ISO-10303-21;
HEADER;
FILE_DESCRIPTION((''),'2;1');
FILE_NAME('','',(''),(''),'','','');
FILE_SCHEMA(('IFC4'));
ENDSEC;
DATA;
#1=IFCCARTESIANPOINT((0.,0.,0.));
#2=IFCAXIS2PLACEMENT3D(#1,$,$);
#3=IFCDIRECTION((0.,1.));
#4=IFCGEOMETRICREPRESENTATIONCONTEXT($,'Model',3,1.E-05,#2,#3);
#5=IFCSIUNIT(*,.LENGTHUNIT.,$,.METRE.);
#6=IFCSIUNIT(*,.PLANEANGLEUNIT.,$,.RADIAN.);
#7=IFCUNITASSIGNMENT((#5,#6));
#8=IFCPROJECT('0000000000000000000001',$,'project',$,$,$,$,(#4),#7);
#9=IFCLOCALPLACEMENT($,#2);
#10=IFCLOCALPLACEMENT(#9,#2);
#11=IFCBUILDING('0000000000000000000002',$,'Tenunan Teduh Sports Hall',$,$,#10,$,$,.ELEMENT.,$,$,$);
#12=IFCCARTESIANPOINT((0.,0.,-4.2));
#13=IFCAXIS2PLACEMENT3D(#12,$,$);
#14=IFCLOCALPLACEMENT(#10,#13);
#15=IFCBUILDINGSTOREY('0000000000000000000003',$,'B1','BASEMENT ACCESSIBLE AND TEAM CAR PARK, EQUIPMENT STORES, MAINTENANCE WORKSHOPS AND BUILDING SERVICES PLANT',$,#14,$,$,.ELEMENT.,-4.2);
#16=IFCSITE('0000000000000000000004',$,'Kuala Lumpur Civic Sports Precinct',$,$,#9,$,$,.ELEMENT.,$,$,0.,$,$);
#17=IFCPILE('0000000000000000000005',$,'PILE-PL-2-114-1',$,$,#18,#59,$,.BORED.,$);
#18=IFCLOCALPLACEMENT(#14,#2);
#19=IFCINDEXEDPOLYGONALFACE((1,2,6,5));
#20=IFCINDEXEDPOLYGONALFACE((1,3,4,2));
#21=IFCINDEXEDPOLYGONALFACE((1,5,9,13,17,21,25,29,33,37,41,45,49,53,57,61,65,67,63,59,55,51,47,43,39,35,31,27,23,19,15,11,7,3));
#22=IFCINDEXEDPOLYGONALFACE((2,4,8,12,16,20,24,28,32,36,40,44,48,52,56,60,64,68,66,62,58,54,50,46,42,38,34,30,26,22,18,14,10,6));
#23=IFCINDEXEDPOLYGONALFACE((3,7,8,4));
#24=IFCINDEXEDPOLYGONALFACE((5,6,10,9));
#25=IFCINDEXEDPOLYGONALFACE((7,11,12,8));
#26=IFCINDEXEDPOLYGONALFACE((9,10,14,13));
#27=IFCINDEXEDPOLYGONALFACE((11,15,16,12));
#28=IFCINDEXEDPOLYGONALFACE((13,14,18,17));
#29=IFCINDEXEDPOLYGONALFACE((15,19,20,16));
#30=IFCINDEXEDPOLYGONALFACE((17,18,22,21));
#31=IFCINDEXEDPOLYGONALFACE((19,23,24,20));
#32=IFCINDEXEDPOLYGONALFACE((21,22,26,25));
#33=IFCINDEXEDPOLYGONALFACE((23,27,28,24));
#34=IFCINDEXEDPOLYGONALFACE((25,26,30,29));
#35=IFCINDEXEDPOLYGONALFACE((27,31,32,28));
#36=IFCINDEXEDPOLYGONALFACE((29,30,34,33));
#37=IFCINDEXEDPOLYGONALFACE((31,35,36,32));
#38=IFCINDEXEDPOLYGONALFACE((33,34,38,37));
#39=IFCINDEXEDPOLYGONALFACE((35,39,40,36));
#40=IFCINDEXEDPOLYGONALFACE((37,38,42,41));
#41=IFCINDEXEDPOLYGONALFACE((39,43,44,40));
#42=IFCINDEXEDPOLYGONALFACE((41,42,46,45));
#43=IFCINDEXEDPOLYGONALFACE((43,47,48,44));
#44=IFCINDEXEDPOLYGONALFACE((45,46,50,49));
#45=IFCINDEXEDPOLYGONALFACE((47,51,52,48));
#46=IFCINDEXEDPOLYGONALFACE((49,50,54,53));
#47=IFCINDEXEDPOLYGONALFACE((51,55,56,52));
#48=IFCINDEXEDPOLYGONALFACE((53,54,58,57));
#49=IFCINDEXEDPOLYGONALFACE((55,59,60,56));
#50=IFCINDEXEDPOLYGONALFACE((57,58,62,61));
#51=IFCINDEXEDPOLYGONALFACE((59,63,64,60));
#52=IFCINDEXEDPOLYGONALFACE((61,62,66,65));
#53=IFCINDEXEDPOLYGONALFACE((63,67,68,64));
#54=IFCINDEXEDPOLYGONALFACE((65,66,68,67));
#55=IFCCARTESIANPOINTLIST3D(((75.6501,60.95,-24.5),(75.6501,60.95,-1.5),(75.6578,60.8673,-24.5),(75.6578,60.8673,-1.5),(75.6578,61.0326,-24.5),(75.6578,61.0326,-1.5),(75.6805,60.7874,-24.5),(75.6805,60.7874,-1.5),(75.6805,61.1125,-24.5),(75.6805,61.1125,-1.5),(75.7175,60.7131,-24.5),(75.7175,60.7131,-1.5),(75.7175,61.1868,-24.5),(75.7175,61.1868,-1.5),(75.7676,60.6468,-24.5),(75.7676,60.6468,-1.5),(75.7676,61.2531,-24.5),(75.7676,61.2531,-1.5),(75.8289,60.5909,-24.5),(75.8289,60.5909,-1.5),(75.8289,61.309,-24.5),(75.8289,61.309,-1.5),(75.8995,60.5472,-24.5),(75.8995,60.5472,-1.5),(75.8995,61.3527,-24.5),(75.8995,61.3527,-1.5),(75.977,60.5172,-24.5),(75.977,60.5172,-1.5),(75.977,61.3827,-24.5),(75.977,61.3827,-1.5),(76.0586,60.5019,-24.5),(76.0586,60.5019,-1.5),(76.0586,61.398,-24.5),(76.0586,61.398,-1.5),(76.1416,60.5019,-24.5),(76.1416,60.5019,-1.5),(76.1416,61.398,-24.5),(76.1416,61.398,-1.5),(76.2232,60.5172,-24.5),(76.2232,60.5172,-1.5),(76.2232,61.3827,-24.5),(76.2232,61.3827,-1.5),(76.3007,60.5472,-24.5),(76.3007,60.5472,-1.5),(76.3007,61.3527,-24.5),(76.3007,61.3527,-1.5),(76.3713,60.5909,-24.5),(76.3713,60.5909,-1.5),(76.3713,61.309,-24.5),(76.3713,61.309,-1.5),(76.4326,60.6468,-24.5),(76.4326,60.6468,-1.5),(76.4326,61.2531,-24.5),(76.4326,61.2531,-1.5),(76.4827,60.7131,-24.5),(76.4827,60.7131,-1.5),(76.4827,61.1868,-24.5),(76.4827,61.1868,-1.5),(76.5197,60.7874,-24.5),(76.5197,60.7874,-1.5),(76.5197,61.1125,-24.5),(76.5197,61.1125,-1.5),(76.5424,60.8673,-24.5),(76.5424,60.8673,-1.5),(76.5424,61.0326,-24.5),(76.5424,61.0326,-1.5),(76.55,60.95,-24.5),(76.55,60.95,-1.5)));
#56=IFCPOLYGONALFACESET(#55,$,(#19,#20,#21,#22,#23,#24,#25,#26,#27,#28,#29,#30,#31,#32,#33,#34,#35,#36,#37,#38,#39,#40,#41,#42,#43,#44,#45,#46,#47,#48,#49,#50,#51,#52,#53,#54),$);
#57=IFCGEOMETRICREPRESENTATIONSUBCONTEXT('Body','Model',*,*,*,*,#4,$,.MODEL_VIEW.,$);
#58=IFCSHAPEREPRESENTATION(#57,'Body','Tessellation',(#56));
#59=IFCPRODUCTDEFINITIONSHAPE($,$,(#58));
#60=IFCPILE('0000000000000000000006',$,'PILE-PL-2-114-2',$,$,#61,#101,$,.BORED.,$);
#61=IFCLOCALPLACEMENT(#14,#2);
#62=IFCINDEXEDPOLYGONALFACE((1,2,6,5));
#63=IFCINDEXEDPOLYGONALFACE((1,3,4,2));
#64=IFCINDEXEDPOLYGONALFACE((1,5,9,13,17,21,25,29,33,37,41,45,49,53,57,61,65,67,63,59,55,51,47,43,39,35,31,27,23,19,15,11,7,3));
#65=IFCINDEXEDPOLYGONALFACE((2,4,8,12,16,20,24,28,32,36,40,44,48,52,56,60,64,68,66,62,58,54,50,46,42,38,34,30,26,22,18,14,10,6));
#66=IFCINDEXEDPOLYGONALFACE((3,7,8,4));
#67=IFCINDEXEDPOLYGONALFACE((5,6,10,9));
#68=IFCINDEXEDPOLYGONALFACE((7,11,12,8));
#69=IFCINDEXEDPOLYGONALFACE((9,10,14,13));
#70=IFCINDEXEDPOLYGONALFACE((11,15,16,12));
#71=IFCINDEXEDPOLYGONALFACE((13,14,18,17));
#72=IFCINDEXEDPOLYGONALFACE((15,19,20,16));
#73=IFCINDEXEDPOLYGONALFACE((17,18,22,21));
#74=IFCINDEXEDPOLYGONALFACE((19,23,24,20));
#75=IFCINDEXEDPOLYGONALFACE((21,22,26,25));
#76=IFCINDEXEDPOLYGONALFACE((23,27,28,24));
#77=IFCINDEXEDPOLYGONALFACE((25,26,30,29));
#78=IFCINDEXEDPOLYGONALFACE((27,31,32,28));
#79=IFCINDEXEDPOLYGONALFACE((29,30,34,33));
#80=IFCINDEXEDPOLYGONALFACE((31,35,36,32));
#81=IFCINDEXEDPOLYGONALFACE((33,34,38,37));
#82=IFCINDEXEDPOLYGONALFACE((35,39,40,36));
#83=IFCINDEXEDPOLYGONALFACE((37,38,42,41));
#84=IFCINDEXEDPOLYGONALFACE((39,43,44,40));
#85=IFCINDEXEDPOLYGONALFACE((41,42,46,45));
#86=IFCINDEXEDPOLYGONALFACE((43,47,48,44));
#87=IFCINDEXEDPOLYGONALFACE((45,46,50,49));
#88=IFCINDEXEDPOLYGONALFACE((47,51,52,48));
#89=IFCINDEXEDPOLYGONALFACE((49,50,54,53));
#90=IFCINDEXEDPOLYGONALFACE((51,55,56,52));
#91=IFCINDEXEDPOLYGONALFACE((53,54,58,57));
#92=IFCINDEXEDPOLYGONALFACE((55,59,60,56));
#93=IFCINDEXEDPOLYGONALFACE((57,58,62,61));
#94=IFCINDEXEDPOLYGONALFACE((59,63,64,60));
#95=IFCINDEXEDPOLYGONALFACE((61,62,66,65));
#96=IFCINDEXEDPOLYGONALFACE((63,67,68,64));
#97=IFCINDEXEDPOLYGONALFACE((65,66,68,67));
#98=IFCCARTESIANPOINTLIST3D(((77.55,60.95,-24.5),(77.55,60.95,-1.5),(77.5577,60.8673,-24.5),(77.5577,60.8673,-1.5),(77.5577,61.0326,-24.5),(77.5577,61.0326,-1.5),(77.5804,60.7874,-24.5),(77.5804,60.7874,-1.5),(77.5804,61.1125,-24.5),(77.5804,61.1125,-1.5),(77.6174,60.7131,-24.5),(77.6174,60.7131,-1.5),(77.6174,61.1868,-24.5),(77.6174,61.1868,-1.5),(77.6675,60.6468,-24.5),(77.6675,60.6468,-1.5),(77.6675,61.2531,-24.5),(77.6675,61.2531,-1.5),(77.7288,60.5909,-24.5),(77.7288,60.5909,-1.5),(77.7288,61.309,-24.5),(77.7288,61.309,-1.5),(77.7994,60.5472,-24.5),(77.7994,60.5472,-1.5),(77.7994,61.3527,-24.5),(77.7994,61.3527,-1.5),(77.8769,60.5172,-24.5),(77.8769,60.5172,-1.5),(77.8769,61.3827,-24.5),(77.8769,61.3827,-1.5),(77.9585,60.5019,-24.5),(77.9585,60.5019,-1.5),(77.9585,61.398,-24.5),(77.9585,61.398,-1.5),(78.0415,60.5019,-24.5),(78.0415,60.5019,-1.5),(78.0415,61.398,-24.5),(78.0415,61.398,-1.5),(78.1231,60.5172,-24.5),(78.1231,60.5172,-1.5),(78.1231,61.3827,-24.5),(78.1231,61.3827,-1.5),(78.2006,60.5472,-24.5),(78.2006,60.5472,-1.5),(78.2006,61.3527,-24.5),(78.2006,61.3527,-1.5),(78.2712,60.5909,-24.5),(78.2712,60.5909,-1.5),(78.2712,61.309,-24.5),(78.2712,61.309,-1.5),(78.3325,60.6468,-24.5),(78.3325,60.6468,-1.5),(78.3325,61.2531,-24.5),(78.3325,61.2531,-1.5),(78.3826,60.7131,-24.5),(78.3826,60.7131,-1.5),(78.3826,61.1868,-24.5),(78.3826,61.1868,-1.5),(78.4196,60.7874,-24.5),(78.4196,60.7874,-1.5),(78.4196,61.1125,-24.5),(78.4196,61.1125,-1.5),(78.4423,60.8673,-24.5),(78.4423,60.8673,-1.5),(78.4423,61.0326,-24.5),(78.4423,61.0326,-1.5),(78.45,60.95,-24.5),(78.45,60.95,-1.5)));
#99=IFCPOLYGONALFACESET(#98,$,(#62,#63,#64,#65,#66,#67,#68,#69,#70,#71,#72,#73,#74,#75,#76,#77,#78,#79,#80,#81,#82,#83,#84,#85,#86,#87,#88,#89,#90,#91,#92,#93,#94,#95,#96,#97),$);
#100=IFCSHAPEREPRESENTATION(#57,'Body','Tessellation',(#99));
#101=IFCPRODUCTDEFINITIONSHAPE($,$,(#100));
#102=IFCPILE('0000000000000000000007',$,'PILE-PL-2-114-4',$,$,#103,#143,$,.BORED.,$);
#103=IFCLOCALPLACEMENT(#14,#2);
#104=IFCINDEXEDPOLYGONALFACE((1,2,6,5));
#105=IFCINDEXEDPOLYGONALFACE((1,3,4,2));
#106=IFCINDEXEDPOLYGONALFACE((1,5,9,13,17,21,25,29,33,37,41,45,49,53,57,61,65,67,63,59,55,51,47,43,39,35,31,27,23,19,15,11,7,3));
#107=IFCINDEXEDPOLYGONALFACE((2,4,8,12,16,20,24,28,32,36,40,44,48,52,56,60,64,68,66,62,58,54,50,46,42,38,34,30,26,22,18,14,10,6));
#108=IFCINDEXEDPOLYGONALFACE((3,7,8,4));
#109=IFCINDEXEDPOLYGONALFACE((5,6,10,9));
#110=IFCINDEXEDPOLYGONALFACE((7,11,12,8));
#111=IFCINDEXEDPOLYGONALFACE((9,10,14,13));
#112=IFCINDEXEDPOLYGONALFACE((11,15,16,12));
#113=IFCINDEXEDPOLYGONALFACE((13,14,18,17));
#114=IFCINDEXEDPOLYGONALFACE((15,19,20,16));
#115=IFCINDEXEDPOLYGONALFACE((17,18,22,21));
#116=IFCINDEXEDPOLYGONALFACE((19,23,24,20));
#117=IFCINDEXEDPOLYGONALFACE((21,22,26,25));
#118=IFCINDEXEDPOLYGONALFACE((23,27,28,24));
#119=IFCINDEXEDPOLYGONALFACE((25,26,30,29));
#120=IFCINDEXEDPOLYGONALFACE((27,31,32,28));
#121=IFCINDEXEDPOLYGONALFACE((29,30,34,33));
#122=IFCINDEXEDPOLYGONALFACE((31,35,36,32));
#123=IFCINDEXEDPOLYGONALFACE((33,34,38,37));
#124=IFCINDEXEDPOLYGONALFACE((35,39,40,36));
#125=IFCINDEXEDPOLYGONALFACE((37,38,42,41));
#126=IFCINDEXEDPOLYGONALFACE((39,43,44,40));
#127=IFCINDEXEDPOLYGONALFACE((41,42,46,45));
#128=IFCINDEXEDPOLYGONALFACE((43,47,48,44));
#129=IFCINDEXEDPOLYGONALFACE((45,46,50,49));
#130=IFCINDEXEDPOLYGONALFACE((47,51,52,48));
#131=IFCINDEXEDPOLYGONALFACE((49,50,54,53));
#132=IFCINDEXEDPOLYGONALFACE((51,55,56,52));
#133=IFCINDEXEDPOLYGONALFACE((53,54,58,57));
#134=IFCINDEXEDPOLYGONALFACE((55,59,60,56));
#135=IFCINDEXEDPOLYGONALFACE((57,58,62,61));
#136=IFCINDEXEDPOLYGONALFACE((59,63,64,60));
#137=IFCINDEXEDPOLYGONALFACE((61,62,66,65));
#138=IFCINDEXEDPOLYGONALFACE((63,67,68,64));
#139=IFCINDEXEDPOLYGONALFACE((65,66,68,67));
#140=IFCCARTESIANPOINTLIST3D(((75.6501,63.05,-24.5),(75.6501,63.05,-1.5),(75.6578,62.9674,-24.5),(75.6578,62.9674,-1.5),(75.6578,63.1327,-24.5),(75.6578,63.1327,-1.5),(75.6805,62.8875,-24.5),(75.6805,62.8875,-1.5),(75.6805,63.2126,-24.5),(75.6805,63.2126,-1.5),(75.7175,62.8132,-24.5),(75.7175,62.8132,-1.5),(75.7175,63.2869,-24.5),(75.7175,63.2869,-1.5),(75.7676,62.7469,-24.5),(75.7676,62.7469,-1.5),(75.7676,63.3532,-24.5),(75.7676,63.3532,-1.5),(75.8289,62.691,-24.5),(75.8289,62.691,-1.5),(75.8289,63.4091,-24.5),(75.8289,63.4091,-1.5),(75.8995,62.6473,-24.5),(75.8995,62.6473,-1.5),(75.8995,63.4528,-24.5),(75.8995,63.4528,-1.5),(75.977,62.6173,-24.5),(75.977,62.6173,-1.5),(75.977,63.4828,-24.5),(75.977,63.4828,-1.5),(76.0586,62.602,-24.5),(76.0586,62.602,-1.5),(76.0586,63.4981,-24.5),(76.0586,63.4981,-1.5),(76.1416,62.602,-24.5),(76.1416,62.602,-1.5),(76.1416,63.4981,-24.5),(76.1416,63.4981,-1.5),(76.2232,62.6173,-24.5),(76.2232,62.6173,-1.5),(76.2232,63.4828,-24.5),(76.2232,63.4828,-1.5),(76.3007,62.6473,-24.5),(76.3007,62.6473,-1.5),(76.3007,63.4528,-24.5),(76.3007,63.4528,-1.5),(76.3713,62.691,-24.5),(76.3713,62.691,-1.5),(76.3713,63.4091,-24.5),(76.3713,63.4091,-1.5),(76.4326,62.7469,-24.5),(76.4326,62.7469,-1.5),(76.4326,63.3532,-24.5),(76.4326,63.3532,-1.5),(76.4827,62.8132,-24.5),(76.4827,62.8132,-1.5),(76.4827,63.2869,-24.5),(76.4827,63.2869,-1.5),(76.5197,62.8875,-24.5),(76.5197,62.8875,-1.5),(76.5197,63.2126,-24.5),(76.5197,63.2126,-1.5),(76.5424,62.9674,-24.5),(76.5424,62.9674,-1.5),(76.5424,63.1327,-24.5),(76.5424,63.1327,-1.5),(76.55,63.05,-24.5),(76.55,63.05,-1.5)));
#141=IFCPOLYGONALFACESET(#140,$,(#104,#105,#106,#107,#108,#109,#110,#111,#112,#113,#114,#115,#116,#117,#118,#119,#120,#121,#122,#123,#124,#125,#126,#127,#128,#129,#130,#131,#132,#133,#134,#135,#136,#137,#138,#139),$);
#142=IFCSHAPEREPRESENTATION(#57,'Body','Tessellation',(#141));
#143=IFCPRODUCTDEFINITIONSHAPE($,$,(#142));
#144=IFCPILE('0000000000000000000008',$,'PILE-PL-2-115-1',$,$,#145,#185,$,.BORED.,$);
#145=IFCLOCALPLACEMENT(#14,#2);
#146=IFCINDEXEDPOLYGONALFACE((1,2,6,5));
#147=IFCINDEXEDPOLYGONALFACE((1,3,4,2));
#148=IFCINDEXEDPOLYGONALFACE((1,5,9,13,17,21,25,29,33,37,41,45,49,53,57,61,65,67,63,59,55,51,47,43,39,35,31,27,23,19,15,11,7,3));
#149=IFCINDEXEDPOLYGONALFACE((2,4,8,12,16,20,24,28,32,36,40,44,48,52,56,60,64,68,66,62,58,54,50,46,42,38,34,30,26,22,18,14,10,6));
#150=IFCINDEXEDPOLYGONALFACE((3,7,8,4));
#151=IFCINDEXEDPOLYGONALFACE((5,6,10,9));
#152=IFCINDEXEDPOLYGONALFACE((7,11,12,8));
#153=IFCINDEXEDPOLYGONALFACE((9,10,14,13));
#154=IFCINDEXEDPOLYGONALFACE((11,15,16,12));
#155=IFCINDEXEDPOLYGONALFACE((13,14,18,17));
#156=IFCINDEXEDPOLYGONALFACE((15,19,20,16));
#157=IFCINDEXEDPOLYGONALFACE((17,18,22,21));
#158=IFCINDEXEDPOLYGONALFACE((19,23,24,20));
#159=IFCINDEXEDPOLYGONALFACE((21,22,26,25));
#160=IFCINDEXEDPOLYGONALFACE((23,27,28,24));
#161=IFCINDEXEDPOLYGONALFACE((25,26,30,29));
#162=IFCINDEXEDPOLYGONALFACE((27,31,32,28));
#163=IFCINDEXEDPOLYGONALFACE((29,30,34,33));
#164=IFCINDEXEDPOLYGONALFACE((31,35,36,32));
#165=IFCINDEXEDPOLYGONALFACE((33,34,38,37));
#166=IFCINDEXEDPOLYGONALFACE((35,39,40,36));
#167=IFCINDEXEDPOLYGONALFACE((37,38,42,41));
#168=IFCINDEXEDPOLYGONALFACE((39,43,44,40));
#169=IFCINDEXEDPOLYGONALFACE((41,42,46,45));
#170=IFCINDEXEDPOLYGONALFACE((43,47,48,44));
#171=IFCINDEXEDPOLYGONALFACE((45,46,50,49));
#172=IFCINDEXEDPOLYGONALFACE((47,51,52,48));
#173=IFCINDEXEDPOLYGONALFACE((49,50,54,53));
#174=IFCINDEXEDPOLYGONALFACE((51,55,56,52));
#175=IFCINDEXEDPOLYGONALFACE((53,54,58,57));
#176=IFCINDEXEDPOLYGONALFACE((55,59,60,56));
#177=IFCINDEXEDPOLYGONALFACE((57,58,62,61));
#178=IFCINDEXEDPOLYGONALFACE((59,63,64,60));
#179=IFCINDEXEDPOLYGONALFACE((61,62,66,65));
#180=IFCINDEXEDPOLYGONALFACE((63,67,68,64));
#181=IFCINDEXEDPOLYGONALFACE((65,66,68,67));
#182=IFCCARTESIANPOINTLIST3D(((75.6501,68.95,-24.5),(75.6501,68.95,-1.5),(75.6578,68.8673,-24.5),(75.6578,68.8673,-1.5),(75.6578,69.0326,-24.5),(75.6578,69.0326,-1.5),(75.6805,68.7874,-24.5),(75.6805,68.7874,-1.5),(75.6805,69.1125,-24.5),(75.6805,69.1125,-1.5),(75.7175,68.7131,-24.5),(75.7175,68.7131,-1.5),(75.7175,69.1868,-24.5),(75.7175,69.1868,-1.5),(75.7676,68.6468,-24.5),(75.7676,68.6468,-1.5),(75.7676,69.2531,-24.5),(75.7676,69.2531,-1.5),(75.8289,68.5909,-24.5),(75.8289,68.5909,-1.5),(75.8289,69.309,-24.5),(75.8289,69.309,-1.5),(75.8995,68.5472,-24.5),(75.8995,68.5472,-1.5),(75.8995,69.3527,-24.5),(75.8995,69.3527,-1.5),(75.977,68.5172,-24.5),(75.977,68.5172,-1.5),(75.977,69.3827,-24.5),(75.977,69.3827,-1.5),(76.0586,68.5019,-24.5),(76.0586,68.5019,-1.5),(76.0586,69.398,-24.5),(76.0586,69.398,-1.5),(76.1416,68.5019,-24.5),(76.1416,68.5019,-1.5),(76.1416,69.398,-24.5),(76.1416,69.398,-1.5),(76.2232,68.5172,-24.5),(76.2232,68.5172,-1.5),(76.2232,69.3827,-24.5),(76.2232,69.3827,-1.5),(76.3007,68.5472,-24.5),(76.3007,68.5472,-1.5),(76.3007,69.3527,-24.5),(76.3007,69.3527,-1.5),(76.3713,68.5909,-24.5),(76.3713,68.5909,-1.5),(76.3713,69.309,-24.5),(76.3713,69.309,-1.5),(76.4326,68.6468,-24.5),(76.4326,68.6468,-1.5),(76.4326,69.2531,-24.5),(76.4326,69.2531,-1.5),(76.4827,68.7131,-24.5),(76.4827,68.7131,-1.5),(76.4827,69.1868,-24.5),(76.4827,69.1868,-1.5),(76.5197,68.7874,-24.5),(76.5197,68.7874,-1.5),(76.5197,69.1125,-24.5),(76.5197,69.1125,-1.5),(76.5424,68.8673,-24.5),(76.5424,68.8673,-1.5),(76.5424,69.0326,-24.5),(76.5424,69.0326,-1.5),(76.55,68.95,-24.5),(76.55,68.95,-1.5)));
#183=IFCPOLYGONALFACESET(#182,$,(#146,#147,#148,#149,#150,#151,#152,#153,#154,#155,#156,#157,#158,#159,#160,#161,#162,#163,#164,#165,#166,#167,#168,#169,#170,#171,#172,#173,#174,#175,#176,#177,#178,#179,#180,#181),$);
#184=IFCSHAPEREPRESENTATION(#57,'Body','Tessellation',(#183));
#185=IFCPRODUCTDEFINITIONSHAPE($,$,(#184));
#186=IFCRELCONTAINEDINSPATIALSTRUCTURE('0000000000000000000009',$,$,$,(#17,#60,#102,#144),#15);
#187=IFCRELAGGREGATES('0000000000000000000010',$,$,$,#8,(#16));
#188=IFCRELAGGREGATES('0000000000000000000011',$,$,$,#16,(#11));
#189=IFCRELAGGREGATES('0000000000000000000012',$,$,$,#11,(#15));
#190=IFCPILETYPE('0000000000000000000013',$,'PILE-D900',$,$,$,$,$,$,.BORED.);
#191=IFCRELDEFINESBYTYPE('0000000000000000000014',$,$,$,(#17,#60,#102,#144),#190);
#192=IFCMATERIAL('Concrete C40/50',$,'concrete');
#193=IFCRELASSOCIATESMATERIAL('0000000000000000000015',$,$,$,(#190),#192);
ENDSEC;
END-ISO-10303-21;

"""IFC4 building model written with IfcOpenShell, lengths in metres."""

from ifc_helpers import new_model, si_unit, direction, frame, origin, origin_2d, place, context, subcontext, project, spatial, circle, extrude, material, material_profile, profile_set, type_object, element, save


model = new_model("IFC4")

# Units and contexts
model_context = context("Model", 3, precision=1e-05, world=origin(), true_north=direction((0.0, 1.0)))
body_context = subcontext(model_context, "Body", "Model", "MODEL_VIEW")
ifc_project = project(units=[si_unit("LENGTHUNIT", "METRE"), si_unit("PLANEANGLEUNIT", "RADIAN")], contexts=[model_context])

# Site, building, storey
site_placement = place(None, origin())
site = spatial("IfcSite", under=ifc_project, at=site_placement, Name="Kuala Lumpur Civic Sports Precinct", CompositionType="ELEMENT", RefElevation=0.0)
building_placement = place(site_placement, origin())
building = spatial("IfcBuilding", under=site, at=building_placement, Name="Tenunan Teduh Sports Hall", CompositionType="ELEMENT")
storey_placement = place(building_placement, frame((0.0, 0.0, -4.2)))
storey = spatial("IfcBuildingStorey", under=building, at=storey_placement, Name="B1", Description="BASEMENT ACCESSIBLE AND TEAM CAR PARK, EQUIPMENT STORES, MAINTENANCE WORKSHOPS AND BUILDING SERVICES PLANT", CompositionType="ELEMENT", Elevation=-4.2)

# Piles
ifc_material_1 = material(Name="Concrete C40/50", Category="concrete")
ifc_material_profile_1 = material_profile(ifc_material_1, circle(Radius=0.45, at=origin_2d()), Name="PILE D900")
ifc_profile_set_1 = profile_set([ifc_material_profile_1], Name="Concrete C40/50")
pile_type = type_object("IfcPileType", Name="PILE-D900", PredefinedType="BORED", material=ifc_profile_set_1)
for number, where, z_axis, x_axis, name in (
    (1, (76.1001, 60.95, -1.5), (0.0, 0.0, -1.0), (1.0, 0.0, 0.0), "PILE-PL-2-114-1"),
    (2, (78.0, 60.95, -1.5), (0.0, 0.0, -1.0), (1.0, 0.0, 0.0), "PILE-PL-2-114-2"),
    (3, (76.1001, 63.05, -1.5), (0.0, 0.0, -1.0), (1.0, 0.0, 0.0), "PILE-PL-2-114-4"),
    (4, (76.1001, 68.95, -1.5), (0.0, 0.0, -1.0), (1.0, 0.0, 0.0), "PILE-PL-2-115-1"),
):
    element("IfcPile", number, at=place(storey_placement, frame(where, z_axis=z_axis, x_axis=x_axis)), inside=storey, type_object=pile_type, Name=name, PredefinedType="BORED", context=body_context, shape_type="SweptSolid", body=[
        extrude(circle(Radius=0.45, at=origin_2d()), origin(), (0.0, 0.0, 1.0), 23.0),
    ])

save(model, "model.ifc")
